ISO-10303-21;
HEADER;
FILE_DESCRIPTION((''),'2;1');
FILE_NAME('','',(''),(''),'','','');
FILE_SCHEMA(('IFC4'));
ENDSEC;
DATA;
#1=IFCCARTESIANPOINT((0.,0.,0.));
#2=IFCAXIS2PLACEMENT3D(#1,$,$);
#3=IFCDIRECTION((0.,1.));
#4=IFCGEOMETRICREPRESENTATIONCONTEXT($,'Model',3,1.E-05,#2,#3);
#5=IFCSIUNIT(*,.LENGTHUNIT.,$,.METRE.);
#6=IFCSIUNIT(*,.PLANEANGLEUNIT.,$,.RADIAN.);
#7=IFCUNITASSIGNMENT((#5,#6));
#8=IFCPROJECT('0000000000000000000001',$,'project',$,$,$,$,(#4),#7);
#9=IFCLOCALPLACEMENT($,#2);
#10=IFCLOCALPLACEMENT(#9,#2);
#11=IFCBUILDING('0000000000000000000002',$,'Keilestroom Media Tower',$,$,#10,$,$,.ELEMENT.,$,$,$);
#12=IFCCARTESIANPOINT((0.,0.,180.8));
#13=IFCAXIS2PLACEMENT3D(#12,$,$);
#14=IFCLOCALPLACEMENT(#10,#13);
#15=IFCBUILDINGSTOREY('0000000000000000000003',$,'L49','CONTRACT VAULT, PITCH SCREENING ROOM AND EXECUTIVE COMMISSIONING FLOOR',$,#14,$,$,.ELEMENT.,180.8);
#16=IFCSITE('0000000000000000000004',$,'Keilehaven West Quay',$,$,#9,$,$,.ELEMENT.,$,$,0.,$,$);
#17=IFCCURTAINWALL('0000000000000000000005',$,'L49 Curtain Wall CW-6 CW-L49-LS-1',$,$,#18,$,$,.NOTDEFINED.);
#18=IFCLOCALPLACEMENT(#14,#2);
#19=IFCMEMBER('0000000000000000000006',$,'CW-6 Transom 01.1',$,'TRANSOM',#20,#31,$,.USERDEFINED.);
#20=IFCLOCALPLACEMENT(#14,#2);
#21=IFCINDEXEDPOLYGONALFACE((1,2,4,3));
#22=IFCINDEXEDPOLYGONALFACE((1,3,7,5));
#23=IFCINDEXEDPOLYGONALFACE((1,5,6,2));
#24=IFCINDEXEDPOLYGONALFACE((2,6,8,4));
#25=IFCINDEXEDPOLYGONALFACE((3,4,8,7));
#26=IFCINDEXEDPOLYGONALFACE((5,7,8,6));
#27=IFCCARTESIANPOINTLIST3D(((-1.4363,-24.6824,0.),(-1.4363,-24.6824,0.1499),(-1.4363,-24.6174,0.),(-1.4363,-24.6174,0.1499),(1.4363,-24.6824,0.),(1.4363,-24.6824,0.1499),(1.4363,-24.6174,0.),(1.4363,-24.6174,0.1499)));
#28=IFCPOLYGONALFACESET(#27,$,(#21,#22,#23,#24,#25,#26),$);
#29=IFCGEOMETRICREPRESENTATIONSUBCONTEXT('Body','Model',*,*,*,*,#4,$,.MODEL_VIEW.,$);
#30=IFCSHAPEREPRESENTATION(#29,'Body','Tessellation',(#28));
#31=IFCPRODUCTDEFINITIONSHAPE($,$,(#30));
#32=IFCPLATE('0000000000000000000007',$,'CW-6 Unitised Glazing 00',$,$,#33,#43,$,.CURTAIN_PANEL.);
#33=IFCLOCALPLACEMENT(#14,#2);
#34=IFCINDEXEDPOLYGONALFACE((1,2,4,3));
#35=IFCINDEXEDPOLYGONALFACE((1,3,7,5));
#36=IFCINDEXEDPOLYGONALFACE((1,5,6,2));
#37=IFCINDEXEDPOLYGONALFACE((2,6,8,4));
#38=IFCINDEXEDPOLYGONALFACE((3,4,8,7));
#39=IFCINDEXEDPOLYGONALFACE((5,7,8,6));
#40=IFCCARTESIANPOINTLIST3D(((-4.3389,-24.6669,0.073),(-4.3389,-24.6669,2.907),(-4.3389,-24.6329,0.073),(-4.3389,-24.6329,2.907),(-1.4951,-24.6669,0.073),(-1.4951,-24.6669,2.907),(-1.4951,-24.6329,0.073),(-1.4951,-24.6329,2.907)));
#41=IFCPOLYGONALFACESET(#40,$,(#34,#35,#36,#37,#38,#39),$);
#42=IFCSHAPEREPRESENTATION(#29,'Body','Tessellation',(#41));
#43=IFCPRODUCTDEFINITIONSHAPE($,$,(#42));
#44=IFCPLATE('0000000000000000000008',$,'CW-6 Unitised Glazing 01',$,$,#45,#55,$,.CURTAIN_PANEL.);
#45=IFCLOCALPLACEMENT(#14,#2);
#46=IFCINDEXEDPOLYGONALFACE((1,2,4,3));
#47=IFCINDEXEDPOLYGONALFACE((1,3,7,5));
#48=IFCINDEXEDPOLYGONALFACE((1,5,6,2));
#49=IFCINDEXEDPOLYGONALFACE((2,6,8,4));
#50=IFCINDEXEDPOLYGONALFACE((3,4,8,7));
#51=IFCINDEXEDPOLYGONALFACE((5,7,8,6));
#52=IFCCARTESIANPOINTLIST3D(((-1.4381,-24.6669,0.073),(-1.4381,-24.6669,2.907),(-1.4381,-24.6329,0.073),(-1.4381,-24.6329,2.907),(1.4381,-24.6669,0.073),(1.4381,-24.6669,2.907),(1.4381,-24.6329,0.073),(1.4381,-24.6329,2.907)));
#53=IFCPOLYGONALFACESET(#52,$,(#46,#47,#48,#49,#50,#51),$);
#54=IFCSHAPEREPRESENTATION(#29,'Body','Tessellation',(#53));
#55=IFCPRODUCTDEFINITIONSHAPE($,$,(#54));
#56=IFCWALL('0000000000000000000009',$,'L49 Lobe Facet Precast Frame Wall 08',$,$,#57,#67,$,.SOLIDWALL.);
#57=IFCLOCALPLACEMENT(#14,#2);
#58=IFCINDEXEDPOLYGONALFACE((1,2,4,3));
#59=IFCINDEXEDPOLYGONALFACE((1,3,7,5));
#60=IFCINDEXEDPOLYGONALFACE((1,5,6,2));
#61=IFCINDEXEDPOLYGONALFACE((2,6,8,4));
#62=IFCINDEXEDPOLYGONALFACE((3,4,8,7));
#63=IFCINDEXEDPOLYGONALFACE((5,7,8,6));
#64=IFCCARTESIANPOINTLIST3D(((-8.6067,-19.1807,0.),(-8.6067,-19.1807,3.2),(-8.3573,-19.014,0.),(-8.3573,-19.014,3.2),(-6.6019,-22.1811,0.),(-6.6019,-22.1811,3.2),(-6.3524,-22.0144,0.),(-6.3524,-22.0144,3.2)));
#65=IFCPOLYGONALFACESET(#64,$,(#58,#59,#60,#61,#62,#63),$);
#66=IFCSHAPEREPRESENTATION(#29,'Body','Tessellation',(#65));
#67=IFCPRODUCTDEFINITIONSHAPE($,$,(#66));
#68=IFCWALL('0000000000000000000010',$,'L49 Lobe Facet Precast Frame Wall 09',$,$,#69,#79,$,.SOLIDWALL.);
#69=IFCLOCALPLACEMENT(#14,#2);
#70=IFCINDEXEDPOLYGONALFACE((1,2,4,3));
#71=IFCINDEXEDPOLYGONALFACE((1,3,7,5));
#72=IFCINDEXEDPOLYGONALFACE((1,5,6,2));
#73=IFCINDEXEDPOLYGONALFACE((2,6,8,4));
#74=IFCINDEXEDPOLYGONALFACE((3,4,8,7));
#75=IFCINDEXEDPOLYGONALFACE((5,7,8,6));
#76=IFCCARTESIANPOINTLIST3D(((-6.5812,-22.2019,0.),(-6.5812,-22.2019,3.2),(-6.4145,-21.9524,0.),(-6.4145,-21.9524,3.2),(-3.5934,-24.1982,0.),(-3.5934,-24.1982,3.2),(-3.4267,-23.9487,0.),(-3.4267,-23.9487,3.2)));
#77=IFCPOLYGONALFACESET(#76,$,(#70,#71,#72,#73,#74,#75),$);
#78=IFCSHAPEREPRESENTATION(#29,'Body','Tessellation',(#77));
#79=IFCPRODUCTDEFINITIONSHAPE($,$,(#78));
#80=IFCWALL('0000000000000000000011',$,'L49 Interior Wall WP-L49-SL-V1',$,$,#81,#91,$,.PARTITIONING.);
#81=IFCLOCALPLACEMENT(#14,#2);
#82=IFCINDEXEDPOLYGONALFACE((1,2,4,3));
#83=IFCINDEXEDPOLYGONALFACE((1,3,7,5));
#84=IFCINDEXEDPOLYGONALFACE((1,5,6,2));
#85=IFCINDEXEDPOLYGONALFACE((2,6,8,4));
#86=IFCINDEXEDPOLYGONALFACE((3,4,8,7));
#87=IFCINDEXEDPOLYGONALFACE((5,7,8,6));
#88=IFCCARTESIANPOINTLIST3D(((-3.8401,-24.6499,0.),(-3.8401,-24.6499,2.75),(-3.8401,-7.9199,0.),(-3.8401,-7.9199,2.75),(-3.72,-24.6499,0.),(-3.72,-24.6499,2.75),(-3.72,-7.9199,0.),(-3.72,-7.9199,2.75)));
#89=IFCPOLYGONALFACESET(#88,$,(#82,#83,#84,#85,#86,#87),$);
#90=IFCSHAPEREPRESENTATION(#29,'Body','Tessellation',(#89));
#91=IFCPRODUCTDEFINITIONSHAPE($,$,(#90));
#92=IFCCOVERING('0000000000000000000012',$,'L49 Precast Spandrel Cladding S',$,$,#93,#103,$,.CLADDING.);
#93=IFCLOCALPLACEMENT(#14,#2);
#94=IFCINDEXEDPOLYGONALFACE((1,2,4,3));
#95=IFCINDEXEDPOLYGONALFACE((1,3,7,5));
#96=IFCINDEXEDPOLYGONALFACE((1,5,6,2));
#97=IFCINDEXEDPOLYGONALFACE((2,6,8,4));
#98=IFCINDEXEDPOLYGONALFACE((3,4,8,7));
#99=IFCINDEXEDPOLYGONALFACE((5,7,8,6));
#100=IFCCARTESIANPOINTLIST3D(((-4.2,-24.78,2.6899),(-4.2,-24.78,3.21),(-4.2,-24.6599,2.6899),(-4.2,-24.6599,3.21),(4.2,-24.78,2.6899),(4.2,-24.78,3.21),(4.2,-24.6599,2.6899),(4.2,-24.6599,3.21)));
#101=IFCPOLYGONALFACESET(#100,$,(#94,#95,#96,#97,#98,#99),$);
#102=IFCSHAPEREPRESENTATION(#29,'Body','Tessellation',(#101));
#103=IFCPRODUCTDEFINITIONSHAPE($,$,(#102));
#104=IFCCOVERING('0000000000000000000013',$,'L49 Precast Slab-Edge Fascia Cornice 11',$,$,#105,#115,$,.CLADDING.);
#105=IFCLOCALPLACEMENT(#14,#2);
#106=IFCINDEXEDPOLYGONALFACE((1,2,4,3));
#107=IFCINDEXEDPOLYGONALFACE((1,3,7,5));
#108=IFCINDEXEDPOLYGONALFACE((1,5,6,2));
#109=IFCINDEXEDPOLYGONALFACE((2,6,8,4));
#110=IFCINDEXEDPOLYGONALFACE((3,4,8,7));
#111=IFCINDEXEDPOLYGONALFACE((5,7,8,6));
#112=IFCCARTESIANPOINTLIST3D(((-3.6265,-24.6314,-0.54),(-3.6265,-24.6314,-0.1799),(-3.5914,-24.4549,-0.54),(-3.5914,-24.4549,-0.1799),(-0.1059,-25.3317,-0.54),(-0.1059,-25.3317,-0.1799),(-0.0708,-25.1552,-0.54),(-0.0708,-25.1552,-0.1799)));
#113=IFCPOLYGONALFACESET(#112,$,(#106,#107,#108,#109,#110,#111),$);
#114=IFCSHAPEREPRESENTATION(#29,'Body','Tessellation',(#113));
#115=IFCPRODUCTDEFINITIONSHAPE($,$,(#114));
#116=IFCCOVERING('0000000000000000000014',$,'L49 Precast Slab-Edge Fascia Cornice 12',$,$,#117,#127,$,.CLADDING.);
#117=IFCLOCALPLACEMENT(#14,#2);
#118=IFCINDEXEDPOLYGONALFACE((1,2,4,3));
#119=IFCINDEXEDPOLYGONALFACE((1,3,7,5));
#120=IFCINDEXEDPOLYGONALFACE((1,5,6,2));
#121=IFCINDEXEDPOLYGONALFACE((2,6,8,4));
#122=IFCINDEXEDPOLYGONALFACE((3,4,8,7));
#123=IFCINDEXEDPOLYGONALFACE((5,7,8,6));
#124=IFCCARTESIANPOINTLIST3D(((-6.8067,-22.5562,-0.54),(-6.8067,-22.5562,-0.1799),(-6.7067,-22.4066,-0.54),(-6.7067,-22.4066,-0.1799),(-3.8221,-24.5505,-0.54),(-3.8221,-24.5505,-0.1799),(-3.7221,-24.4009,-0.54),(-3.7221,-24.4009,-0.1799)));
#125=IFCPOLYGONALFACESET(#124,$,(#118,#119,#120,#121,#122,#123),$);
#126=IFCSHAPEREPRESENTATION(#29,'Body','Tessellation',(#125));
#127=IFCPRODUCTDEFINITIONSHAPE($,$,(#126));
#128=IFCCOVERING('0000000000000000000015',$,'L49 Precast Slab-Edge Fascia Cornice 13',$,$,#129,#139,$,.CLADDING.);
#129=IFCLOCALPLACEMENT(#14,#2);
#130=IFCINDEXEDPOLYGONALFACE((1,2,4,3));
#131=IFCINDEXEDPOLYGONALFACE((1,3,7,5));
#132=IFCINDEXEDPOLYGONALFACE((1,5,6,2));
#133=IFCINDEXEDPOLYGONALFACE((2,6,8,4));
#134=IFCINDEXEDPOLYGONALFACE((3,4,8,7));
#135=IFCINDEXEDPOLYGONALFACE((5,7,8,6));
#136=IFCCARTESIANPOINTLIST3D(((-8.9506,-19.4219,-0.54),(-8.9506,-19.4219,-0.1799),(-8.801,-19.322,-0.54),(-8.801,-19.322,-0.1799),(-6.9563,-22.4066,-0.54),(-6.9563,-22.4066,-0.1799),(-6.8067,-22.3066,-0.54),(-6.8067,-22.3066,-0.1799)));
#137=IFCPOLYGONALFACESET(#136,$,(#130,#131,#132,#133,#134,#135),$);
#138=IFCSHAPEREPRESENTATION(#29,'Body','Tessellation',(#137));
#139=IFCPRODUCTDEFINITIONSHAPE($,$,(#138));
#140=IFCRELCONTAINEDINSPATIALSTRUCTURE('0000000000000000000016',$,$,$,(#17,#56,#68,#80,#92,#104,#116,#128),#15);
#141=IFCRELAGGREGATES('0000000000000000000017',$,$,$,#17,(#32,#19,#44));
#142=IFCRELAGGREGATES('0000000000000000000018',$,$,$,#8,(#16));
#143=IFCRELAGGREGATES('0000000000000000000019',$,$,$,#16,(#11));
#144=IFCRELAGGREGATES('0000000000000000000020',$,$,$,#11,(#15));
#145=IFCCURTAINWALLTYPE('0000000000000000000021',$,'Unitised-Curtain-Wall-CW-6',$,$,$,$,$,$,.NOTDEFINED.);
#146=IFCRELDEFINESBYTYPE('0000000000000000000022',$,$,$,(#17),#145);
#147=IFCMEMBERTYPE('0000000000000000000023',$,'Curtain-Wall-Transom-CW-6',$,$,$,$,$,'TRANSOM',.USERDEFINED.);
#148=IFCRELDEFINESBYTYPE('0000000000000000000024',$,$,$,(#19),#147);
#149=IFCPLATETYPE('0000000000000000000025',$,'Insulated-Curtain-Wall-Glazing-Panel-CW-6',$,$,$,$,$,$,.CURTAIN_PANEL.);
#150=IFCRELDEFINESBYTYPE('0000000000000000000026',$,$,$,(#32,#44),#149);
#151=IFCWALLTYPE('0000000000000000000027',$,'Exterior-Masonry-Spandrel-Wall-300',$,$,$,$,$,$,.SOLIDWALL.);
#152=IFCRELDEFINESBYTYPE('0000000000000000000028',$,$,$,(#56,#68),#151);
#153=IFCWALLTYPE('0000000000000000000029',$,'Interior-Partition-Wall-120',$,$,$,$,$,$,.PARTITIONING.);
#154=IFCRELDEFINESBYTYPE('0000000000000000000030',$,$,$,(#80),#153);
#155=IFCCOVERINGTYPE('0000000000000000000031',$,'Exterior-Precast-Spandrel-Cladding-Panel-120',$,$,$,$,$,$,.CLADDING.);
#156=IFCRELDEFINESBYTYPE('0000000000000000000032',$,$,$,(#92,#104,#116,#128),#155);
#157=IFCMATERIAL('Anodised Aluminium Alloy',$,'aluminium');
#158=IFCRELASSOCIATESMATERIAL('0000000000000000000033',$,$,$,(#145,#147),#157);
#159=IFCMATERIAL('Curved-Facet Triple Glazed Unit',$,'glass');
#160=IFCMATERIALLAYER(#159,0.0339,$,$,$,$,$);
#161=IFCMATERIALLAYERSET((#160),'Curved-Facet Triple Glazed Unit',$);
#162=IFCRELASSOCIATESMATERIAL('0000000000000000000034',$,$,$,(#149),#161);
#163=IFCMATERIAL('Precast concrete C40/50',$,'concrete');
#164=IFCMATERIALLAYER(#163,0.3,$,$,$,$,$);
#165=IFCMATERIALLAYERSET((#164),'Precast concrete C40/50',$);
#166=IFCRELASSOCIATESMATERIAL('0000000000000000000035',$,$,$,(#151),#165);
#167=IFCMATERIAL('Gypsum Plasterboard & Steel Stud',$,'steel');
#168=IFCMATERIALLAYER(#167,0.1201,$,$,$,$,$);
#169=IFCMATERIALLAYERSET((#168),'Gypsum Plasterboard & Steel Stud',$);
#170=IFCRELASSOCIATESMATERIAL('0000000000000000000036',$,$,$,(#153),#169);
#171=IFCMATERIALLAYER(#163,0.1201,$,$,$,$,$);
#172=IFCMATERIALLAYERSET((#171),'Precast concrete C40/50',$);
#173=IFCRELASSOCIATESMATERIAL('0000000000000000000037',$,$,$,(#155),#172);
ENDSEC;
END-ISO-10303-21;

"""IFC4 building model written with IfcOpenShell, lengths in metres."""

from ifc_helpers import new_model, si_unit, direction, frame, frame_2d, origin, origin_2d, place, context, subcontext, project, spatial, rectangle, extrude, source, transform, mapped, material, layer, layer_set, material_profile, profile_set, type_object, element, aggregate, save


model = new_model("IFC4")

# Units and contexts
model_context = context("Model", 3, precision=1e-05, world=origin(), true_north=direction((0.0, 1.0)))
body_context = subcontext(model_context, "Body", "Model", "MODEL_VIEW")
ifc_project = project(units=[si_unit("LENGTHUNIT", "METRE"), si_unit("PLANEANGLEUNIT", "RADIAN")], contexts=[model_context])

# Site, building, storey
site_placement = place(None, origin())
site = spatial("IfcSite", under=ifc_project, at=site_placement, Name="Keilehaven West Quay", CompositionType="ELEMENT", RefElevation=0.0)
building_placement = place(site_placement, origin())
building = spatial("IfcBuilding", under=site, at=building_placement, Name="Keilestroom Media Tower", CompositionType="ELEMENT")
storey_placement = place(building_placement, frame((0.0, 0.0, 180.8)))
storey = spatial("IfcBuildingStorey", under=building, at=storey_placement, Name="L49", Description="CONTRACT VAULT, PITCH SCREENING ROOM AND EXECUTIVE COMMISSIONING FLOOR", CompositionType="ELEMENT", Elevation=180.8)

# Curtain wall, member, plates
ifc_material_1 = material(Name="Anodised Aluminium Alloy", Category="aluminium")
curtain_wall_type = type_object("IfcCurtainWallType", Name="Unitised-Curtain-Wall-CW-6", PredefinedType="NOTDEFINED", material=ifc_material_1)
curtain_wall_placement = place(storey_placement, origin())
curtain_wall = element("IfcCurtainWall", 1, at=curtain_wall_placement, inside=storey, type_object=curtain_wall_type, Name="L49 Curtain Wall CW-6 CW-L49-LS-1", PredefinedType="NOTDEFINED")
ifc_material_profile_1 = material_profile(ifc_material_1, rectangle(XDim=0.0649, YDim=0.1499, at=origin_2d()), Name="ALU TRANSOM 65x150")
ifc_profile_set_1 = profile_set([ifc_material_profile_1], Name="Anodised Aluminium Alloy")
member_type_1 = type_object("IfcMemberType", Name="Curtain-Wall-Transom-CW-6", ElementType="TRANSOM", PredefinedType="USERDEFINED", material=ifc_profile_set_1)
shared_shape_1 = source(origin(), body_context, "Body", "SweptSolid", [
    extrude(rectangle(XDim=0.0649, YDim=0.1499, at=origin_2d()), origin(), (0.0, 0.0, 1.0), 2.8726),
])
member_1_placement = place(storey_placement, frame((-1.4363, -24.6499, 0.075), z_axis=(1.0, 0.0, 0.0), x_axis=(0.0, 1.0, 0.0)))
member_1 = element("IfcMember", 2, at=member_1_placement, type_object=member_type_1, Name="CW-6 Transom 01.1", ObjectType="TRANSOM", PredefinedType="USERDEFINED", context=body_context, shape_type="MappedRepresentation", body=[
    mapped(shared_shape_1, transform((0.0, 0.0, 0.0), x_axis=(1.0, 0.0, 0.0), y_axis=(0.0, 1.0, 0.0), z_axis=(0.0, 0.0, 1.0), scale=1.0)),
])
ifc_material_2 = material(Name="Curved-Facet Triple Glazed Unit", Category="glass")
ifc_layer_1 = layer(ifc_material_2, 0.0339)
ifc_layer_set_1 = layer_set([ifc_layer_1], Name="Curved-Facet Triple Glazed Unit")
plate_type = type_object("IfcPlateType", Name="Insulated-Curtain-Wall-Glazing-Panel-CW-6", PredefinedType="CURTAIN_PANEL", material=ifc_layer_set_1)
shared_shape_2 = source(origin(), body_context, "Body", "SweptSolid", [
    extrude(rectangle(XDim=2.8438, YDim=0.0339, at=origin_2d()), origin(), (0.0, 0.0, 1.0), 2.834),
])
plate_1_placement = place(storey_placement, frame((-2.917, -24.6499, 0.073), z_axis=(0.0, 0.0, 1.0), x_axis=(1.0, 0.0, 0.0)))
plate_1 = element("IfcPlate", 3, at=plate_1_placement, type_object=plate_type, Name="CW-6 Unitised Glazing 00", PredefinedType="CURTAIN_PANEL", context=body_context, shape_type="MappedRepresentation", body=[
    mapped(shared_shape_2, transform((0.0, 0.0, 0.0), x_axis=(1.0, 0.0, 0.0), y_axis=(0.0, 1.0, 0.0), z_axis=(0.0, 0.0, 1.0), scale=1.0)),
])
shared_shape_3 = source(origin(), body_context, "Body", "SweptSolid", [
    extrude(rectangle(XDim=2.8762, YDim=0.0339, at=origin_2d()), origin(), (0.0, 0.0, 1.0), 2.834),
])
plate_2_placement = place(storey_placement, frame((0.0, -24.6499, 0.073), z_axis=(0.0, 0.0, 1.0), x_axis=(1.0, 0.0, 0.0)))
plate_2 = element("IfcPlate", 4, at=plate_2_placement, type_object=plate_type, Name="CW-6 Unitised Glazing 01", PredefinedType="CURTAIN_PANEL", context=body_context, shape_type="MappedRepresentation", body=[
    mapped(shared_shape_3, transform((0.0, 0.0, 0.0), x_axis=(1.0, 0.0, 0.0), y_axis=(0.0, 1.0, 0.0), z_axis=(0.0, 0.0, 1.0), scale=1.0)),
])
aggregate(curtain_wall, [plate_1, member_1, plate_2])

# Walls
ifc_material_3 = material(Name="Precast concrete C40/50", Category="concrete")
ifc_layer_2 = layer(ifc_material_3, 0.3)
ifc_layer_set_2 = layer_set([ifc_layer_2], Name="Precast concrete C40/50")
wall_type_1 = type_object("IfcWallType", Name="Exterior-Masonry-Spandrel-Wall-300", PredefinedType="SOLIDWALL", material=ifc_layer_set_2)
wall_1_placement = place(storey_placement, frame((-8.4819, -19.0974, 0.0), z_axis=(0.0, 0.0, 1.0), x_axis=(0.555574, -0.831467, 0.0)))
element("IfcWall", 5, at=wall_1_placement, inside=storey, type_object=wall_type_1, Name="L49 Lobe Facet Precast Frame Wall 08", PredefinedType="SOLIDWALL", context=body_context, shape_type="SweptSolid", body=[
    extrude(rectangle(XDim=3.6086, YDim=0.3, at=frame_2d((1.8042, 0.0))), origin(), (0.0, 0.0, 1.0), 3.2),
])
wall_2_placement = place(storey_placement, frame((-6.4978, -22.0771, 0.0), z_axis=(0.0, 0.0, 1.0), x_axis=(0.831475, -0.555562, 0.0)))
element("IfcWall", 6, at=wall_2_placement, inside=storey, type_object=wall_type_1, Name="L49 Lobe Facet Precast Frame Wall 09", PredefinedType="SOLIDWALL", context=body_context, shape_type="SweptSolid", body=[
    extrude(rectangle(XDim=3.5933, YDim=0.3, at=frame_2d((1.7966, 0.0))), origin(), (0.0, 0.0, 1.0), 3.2),
])
ifc_material_4 = material(Name="Gypsum Plasterboard & Steel Stud", Category="steel")
ifc_layer_3 = layer(ifc_material_4, 0.1201)
ifc_layer_set_3 = layer_set([ifc_layer_3], Name="Gypsum Plasterboard & Steel Stud")
wall_type_2 = type_object("IfcWallType", Name="Interior-Partition-Wall-120", PredefinedType="PARTITIONING", material=ifc_layer_set_3)
wall_3_placement = place(storey_placement, frame((-3.78, -24.6499, 0.0), z_axis=(0.0, 0.0, 1.0), x_axis=(0.0, 1.0, 0.0)))
element("IfcWall", 7, at=wall_3_placement, inside=storey, type_object=wall_type_2, Name="L49 Interior Wall WP-L49-SL-V1", PredefinedType="PARTITIONING", context=body_context, shape_type="SweptSolid", body=[
    extrude(rectangle(XDim=16.73, YDim=0.1201, at=frame_2d((8.365, 0.0))), origin(), (0.0, 0.0, 1.0), 2.75),
])

# Coverings
ifc_layer_4 = layer(ifc_material_3, 0.1201)
ifc_layer_set_4 = layer_set([ifc_layer_4], Name="Precast concrete C40/50")
covering_type = type_object("IfcCoveringType", Name="Exterior-Precast-Spandrel-Cladding-Panel-120", PredefinedType="CLADDING", material=ifc_layer_set_4)
shared_shape_4 = source(origin(), body_context, "Body", "SweptSolid", [
    extrude(rectangle(XDim=8.3999, YDim=0.1201, at=origin_2d()), origin(), (0.0, 0.0, 1.0), 0.52),
])
covering_placement = place(storey_placement, frame((0.0, -24.72, 2.6899), z_axis=(0.0, 0.0, 1.0), x_axis=(1.0, 0.0, 0.0)))
element("IfcCovering", 8, at=covering_placement, inside=storey, type_object=covering_type, Name="L49 Precast Spandrel Cladding S", PredefinedType="CLADDING", context=body_context, shape_type="MappedRepresentation", body=[
    mapped(shared_shape_4, transform((0.0, 0.0, 0.0), x_axis=(1.0, 0.0, 0.0), y_axis=(0.0, 1.0, 0.0), z_axis=(0.0, 0.0, 1.0), scale=1.0)),
])
shared_shape_5 = source(origin(), body_context, "Body", "SweptSolid", [
    extrude(rectangle(XDim=3.5896, YDim=0.1799, at=origin_2d()), origin(), (0.0, 0.0, 1.0), 0.3601),
])
for number, where, z_axis, x_axis, name in (
    (9, (-1.8486, -24.8933, -0.54), (0.0, 0.0, 1.0), (-0.980784, 0.195099, 0.0), "L49 Precast Slab-Edge Fascia Cornice 11"),
    (10, (-5.2644, -23.4785, -0.54), (0.0, 0.0, 1.0), (-0.831467, 0.555575, 0.0), "L49 Precast Slab-Edge Fascia Cornice 12"),
    (11, (-7.8787, -20.8643, -0.54), (0.0, 0.0, 1.0), (-0.555575, 0.831467, 0.0), "L49 Precast Slab-Edge Fascia Cornice 13"),
):
    element("IfcCovering", number, at=place(storey_placement, frame(where, z_axis=z_axis, x_axis=x_axis)), inside=storey, type_object=covering_type, Name=name, PredefinedType="CLADDING", context=body_context, shape_type="MappedRepresentation", body=[
        mapped(shared_shape_5, transform((0.0, 0.0, 0.0), x_axis=(1.0, 0.0, 0.0), y_axis=(0.0, 1.0, 0.0), z_axis=(0.0, 0.0, 1.0), scale=1.0)),
    ])

save(model, "model.ifc")
